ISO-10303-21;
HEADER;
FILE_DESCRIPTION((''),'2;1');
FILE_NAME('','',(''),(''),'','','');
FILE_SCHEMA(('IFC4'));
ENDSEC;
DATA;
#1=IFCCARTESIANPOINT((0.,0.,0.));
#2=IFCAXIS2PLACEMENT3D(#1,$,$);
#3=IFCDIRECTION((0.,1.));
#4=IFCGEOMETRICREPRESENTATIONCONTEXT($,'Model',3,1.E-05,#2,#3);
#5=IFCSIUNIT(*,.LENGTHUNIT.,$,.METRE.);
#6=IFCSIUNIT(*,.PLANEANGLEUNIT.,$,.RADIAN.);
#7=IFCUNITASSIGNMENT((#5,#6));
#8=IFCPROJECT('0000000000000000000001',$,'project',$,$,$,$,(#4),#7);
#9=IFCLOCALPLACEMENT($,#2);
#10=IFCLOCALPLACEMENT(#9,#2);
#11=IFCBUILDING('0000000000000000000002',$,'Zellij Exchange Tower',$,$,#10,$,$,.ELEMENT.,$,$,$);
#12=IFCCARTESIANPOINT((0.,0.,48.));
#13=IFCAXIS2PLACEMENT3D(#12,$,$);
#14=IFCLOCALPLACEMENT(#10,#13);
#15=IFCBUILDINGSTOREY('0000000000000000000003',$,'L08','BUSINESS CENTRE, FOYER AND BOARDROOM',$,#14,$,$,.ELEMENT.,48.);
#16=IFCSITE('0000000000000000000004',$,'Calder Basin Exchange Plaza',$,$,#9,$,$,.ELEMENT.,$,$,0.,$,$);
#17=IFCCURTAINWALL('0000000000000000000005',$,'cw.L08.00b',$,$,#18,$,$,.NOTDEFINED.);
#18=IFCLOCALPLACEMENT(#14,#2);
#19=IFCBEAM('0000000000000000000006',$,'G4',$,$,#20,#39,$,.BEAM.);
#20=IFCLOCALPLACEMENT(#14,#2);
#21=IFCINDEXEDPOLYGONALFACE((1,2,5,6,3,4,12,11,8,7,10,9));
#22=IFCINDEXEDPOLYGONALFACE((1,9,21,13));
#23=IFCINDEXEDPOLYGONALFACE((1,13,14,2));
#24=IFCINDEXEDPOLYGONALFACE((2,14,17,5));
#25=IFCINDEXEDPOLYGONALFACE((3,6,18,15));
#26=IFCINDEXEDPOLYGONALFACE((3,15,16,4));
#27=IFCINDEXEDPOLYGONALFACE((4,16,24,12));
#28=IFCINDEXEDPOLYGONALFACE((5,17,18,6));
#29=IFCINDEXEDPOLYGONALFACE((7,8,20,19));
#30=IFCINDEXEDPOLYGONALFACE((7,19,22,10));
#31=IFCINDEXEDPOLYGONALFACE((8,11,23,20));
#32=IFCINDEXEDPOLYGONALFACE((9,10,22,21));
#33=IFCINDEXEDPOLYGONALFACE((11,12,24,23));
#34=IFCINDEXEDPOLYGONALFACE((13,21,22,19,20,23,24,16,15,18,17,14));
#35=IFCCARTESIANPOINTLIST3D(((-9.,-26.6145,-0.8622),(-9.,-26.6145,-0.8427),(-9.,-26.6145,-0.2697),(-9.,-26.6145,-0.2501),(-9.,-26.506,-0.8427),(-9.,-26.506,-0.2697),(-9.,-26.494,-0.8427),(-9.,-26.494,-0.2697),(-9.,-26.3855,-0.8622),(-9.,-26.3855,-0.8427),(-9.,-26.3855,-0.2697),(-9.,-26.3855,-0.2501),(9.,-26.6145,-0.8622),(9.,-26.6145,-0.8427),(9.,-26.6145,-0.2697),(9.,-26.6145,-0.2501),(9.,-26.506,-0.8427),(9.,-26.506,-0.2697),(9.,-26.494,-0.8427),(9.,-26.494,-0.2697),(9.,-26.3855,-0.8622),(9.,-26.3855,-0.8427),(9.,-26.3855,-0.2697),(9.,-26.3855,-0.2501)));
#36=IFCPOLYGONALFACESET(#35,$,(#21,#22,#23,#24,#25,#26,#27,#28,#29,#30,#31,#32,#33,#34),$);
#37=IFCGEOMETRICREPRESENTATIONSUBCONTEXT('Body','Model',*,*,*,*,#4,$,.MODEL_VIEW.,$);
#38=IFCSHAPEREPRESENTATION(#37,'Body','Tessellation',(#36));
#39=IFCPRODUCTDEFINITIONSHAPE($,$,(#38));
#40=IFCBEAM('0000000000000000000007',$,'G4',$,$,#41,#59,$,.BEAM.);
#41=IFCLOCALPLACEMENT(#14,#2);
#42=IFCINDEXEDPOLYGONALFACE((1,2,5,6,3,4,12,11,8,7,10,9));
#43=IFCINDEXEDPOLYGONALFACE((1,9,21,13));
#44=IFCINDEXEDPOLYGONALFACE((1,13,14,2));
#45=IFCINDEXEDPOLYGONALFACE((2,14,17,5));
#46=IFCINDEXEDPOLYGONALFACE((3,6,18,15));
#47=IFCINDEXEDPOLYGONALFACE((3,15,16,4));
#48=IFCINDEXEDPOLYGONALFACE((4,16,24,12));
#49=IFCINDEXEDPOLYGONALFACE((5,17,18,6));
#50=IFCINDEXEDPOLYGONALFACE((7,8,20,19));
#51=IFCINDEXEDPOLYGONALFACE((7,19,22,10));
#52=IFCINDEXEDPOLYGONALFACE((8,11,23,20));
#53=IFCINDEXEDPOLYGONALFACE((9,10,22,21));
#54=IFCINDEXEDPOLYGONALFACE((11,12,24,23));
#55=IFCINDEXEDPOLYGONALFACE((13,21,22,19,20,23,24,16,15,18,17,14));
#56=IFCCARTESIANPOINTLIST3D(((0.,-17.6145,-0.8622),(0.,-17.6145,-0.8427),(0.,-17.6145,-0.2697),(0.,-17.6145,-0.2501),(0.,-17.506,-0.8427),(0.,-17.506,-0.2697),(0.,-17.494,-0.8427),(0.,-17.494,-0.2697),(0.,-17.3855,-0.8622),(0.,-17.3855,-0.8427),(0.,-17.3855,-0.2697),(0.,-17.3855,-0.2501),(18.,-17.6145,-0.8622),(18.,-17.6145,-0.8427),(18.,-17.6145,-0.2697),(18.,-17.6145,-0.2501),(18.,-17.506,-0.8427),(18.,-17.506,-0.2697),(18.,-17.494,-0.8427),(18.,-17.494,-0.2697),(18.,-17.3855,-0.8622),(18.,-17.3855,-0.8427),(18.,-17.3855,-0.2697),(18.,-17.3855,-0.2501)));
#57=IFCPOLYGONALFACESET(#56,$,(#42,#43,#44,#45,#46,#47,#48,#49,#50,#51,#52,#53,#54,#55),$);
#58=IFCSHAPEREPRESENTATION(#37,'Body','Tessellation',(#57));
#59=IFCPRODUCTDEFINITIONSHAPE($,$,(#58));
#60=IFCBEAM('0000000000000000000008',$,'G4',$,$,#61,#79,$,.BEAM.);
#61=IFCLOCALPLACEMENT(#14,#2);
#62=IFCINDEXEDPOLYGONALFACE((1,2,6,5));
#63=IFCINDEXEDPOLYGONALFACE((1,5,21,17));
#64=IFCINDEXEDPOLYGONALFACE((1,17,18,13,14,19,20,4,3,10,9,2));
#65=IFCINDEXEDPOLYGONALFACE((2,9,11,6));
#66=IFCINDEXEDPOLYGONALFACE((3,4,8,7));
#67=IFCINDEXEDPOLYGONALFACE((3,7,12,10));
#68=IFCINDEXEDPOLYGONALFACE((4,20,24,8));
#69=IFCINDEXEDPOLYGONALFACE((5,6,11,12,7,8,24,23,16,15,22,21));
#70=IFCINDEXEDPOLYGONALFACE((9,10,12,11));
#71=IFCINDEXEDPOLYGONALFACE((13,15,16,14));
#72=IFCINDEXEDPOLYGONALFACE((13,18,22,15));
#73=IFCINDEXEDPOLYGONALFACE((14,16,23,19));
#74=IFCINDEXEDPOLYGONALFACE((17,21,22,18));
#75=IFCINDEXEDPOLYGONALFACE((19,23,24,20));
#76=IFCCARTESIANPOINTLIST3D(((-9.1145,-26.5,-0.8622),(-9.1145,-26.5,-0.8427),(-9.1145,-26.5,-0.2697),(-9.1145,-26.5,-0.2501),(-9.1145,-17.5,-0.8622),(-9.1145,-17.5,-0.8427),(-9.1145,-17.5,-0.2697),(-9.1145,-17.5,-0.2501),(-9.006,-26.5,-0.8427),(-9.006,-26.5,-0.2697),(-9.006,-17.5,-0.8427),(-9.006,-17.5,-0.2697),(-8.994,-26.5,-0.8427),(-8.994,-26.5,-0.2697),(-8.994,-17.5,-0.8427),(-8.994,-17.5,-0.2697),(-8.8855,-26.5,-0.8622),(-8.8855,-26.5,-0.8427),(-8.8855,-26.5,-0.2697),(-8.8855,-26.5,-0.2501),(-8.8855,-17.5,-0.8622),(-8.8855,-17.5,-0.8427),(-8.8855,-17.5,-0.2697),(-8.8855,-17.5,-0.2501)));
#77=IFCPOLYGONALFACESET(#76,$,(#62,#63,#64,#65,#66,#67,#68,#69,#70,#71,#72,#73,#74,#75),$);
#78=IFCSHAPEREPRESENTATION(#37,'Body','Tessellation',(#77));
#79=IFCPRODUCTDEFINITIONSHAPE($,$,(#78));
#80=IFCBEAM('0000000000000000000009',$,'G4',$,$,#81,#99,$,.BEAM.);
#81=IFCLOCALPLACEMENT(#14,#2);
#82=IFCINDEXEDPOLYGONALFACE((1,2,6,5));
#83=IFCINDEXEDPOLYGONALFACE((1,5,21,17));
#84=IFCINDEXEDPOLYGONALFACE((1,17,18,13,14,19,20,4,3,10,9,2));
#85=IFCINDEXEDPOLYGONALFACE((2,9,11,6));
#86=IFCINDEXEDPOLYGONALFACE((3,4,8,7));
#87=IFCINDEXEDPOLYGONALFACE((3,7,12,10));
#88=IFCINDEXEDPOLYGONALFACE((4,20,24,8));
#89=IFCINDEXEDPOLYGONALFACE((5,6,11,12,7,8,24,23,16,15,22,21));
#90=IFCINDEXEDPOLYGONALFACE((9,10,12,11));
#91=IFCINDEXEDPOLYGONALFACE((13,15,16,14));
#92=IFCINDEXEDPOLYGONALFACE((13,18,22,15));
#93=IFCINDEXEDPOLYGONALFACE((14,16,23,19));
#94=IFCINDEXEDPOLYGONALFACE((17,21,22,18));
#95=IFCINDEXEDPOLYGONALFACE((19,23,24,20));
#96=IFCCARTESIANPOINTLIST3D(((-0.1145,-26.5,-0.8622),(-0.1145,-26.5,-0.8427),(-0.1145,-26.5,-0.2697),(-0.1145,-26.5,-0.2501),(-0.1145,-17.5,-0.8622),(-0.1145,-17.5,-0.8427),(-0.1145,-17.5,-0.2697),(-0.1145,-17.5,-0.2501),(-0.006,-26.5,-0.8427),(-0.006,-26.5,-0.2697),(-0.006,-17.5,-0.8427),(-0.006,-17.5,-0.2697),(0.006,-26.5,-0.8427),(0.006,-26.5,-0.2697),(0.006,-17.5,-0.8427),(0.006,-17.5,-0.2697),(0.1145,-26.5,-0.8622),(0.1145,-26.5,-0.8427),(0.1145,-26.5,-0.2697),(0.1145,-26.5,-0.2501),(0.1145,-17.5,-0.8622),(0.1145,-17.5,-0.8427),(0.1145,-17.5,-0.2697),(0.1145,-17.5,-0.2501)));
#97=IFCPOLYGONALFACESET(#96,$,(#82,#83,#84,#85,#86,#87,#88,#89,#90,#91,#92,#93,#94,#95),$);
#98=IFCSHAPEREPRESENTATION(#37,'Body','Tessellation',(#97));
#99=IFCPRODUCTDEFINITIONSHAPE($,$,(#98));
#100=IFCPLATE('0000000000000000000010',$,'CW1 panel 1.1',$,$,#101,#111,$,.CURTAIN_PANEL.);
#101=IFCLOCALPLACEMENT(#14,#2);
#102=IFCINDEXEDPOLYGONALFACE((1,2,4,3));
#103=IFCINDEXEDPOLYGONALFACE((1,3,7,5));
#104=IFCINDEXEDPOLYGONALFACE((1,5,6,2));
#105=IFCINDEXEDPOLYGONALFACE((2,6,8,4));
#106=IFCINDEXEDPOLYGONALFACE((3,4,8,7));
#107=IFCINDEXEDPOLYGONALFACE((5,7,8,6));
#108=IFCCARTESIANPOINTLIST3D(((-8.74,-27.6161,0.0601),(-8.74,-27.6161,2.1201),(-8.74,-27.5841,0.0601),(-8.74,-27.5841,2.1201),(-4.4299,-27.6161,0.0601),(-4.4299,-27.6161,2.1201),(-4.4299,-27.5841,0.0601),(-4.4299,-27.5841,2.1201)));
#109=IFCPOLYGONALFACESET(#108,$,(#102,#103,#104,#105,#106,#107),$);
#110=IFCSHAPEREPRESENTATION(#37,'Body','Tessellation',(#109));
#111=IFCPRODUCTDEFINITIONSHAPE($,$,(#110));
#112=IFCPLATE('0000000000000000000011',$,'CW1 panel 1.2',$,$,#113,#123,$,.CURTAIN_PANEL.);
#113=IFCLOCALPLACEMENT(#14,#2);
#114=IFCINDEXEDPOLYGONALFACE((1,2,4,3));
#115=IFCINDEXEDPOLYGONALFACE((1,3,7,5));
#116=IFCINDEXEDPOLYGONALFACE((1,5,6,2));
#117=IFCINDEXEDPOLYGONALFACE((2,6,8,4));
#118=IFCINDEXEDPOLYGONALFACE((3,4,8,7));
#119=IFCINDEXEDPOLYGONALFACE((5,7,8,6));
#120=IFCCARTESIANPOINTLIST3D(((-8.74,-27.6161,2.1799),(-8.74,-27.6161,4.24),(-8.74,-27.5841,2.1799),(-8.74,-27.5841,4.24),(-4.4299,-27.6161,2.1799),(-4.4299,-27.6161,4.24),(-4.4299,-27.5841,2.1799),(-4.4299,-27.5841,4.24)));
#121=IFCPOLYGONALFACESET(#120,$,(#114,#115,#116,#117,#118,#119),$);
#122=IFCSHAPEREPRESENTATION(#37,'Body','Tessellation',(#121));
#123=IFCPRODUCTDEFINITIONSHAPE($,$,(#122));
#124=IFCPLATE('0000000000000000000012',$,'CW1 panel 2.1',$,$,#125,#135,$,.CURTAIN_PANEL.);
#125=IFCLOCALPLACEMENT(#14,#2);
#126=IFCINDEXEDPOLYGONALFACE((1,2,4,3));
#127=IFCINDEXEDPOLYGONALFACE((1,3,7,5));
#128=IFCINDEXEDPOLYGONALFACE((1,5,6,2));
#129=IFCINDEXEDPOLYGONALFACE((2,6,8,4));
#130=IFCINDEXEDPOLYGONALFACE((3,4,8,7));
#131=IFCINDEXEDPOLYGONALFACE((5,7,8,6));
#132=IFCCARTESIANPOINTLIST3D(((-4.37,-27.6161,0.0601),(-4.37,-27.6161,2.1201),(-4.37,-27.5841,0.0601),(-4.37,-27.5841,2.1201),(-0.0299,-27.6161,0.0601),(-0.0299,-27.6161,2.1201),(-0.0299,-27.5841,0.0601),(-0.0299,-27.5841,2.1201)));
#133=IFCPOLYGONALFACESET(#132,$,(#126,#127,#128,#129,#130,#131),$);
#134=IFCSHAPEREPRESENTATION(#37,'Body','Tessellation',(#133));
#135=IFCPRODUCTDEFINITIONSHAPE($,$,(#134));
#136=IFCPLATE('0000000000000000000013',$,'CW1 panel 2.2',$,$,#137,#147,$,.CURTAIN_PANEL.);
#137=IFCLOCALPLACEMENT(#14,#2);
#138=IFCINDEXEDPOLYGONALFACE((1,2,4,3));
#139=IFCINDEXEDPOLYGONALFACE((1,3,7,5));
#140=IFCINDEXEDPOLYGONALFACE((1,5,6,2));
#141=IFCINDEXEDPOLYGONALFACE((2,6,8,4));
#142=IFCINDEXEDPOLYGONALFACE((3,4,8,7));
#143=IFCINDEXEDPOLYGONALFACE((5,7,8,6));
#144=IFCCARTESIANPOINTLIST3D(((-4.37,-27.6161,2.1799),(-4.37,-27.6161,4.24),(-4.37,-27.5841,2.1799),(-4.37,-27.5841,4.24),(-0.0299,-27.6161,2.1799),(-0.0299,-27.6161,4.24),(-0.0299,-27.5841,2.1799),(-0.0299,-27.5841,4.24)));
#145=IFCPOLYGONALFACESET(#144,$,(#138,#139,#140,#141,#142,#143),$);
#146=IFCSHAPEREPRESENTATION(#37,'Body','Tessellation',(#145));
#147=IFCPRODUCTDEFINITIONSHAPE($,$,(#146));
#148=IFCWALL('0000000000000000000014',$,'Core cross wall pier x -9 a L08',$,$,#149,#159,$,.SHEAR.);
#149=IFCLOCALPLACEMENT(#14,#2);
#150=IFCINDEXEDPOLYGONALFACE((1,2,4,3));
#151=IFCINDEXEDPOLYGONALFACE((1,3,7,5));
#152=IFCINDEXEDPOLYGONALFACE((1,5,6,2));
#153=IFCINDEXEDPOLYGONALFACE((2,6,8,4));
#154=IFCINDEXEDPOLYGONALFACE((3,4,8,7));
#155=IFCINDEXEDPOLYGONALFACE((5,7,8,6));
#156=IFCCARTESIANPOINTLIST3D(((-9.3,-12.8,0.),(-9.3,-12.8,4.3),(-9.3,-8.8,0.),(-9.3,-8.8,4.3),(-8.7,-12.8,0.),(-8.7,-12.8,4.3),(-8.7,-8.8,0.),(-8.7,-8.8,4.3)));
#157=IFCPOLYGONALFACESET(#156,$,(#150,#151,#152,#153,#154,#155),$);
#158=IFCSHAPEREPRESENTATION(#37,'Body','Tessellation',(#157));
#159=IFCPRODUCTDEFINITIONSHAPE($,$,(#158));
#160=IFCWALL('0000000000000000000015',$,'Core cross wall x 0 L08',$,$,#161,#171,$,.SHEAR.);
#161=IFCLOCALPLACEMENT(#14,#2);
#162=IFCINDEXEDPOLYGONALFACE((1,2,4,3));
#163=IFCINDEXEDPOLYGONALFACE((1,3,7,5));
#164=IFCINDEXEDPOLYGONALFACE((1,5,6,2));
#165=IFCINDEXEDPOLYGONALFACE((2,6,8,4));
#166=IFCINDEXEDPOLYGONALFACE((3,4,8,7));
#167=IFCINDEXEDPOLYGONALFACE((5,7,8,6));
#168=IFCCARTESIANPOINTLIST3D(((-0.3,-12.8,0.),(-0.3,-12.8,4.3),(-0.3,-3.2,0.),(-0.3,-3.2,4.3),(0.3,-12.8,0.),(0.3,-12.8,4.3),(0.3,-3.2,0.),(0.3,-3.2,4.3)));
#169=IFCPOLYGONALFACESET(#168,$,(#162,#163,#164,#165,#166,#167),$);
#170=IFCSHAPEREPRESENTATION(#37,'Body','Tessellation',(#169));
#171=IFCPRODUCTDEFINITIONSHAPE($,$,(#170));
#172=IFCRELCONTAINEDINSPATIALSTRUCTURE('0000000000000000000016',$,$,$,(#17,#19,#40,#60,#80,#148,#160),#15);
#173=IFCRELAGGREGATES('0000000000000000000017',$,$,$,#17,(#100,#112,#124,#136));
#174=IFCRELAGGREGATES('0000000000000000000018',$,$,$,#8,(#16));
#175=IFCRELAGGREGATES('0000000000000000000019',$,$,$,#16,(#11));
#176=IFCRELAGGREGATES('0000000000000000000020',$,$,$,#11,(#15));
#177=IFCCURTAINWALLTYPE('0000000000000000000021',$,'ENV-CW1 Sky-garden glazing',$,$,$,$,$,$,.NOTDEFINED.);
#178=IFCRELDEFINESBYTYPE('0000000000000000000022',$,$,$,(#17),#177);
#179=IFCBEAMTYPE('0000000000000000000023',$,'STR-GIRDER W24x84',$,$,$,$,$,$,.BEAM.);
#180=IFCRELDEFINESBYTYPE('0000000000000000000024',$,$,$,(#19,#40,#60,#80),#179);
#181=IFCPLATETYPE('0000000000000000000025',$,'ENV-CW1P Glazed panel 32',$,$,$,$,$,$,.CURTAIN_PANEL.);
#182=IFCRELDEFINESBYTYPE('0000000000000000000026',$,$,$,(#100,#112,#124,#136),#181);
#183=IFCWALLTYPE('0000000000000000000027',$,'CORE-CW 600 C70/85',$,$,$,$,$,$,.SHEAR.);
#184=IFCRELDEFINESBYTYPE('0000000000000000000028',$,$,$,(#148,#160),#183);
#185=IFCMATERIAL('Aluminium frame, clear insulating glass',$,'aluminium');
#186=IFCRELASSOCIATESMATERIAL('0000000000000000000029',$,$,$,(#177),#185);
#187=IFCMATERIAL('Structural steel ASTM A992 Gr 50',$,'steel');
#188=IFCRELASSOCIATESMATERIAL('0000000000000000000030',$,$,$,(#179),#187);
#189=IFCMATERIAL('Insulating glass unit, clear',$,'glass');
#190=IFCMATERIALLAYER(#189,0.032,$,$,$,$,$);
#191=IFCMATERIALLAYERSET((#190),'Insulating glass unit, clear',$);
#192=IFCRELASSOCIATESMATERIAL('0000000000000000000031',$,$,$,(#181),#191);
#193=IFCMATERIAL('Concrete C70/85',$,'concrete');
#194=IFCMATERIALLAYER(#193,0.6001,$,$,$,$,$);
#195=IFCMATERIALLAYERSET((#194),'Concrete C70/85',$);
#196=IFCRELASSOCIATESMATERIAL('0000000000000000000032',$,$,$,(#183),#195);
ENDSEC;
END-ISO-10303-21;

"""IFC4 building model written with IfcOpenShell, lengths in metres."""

from ifc_helpers import new_model, si_unit, direction, frame, frame_2d, origin, origin_2d, place, context, subcontext, project, spatial, rectangle, i_section, extrude, material, layer, layer_set, material_profile, profile_set, type_object, element, aggregate, save


model = new_model("IFC4")

# Units and contexts
model_context = context("Model", 3, precision=1e-05, world=origin(), true_north=direction((0.0, 1.0)))
body_context = subcontext(model_context, "Body", "Model", "MODEL_VIEW")
ifc_project = project(units=[si_unit("LENGTHUNIT", "METRE"), si_unit("PLANEANGLEUNIT", "RADIAN")], contexts=[model_context])

# Site, building, storey
site_placement = place(None, origin())
site = spatial("IfcSite", under=ifc_project, at=site_placement, Name="Calder Basin Exchange Plaza", CompositionType="ELEMENT", RefElevation=0.0)
building_placement = place(site_placement, origin())
building = spatial("IfcBuilding", under=site, at=building_placement, Name="Zellij Exchange Tower", CompositionType="ELEMENT")
storey_placement = place(building_placement, frame((0.0, 0.0, 48.0)))
storey = spatial("IfcBuildingStorey", under=building, at=storey_placement, Name="L08", Description="BUSINESS CENTRE, FOYER AND BOARDROOM", CompositionType="ELEMENT", Elevation=48.0)

# Shared definitions
ifc_material_1 = material(Name="Concrete C70/85", Category="concrete")

# Shared definitions
ifc_material_2 = material(Name="Aluminium frame, clear insulating glass", Category="aluminium")
curtain_wall_type = type_object("IfcCurtainWallType", Name="ENV-CW1 Sky-garden glazing", PredefinedType="NOTDEFINED", material=ifc_material_2)

# Curtain wall
curtain_wall_1_placement = place(storey_placement, origin())
curtain_wall_1 = element("IfcCurtainWall", 1, at=curtain_wall_1_placement, inside=storey, type_object=curtain_wall_type, Name="cw.L08.00b", PredefinedType="NOTDEFINED")

# Beams
ifc_material_3 = material(Name="Structural steel ASTM A992 Gr 50", Category="steel")
ifc_material_profile_1 = material_profile(ifc_material_3, i_section(OverallWidth=0.229, OverallDepth=0.6121, WebThickness=0.012, FlangeThickness=0.0195, at=origin_2d()), Name="W24x84")
ifc_profile_set_1 = profile_set([ifc_material_profile_1], Name="Structural steel ASTM A992 Gr 50")
beam_type_1 = type_object("IfcBeamType", Name="STR-GIRDER W24x84", PredefinedType="BEAM", material=ifc_profile_set_1)
for number, where, z_axis, x_axis, name in (
    (2, (-9.0, -26.5, -0.5562), (1.0, 0.0, 0.0), (0.0, 1.0, 0.0), "G4"),
    (3, (0.0, -17.5, -0.5562), (1.0, 0.0, 0.0), (0.0, 1.0, 0.0), "G4"),
):
    element("IfcBeam", number, at=place(storey_placement, frame(where, z_axis=z_axis, x_axis=x_axis)), inside=storey, type_object=beam_type_1, Name=name, PredefinedType="BEAM", context=body_context, shape_type="SweptSolid", body=[
        extrude(i_section(OverallWidth=0.229, OverallDepth=0.6121, WebThickness=0.012, FlangeThickness=0.0195, at=origin_2d()), origin(), (0.0, 0.0, 1.0), 18.0),
    ])
for number, where, z_axis, x_axis, name in (
    (4, (-9.0, -26.5, -0.5562), (0.0, 1.0, 0.0), (-1.0, 0.0, 0.0), "G4"),
    (5, (0.0, -26.5, -0.5562), (0.0, 1.0, 0.0), (-1.0, 0.0, 0.0), "G4"),
):
    element("IfcBeam", number, at=place(storey_placement, frame(where, z_axis=z_axis, x_axis=x_axis)), inside=storey, type_object=beam_type_1, Name=name, PredefinedType="BEAM", context=body_context, shape_type="SweptSolid", body=[
        extrude(i_section(OverallWidth=0.229, OverallDepth=0.6121, WebThickness=0.012, FlangeThickness=0.0195, at=origin_2d()), origin(), (0.0, 0.0, 1.0), 9.0),
    ])

# Plates
ifc_material_4 = material(Name="Insulating glass unit, clear", Category="glass")
ifc_layer_1 = layer(ifc_material_4, 0.032)
ifc_layer_set_1 = layer_set([ifc_layer_1], Name="Insulating glass unit, clear")
plate_type = type_object("IfcPlateType", Name="ENV-CW1P Glazed panel 32", PredefinedType="CURTAIN_PANEL", material=ifc_layer_set_1)
plate_1_placement = place(storey_placement, frame((-6.585, -27.6001, 0.0601), z_axis=(0.0, 0.0, 1.0), x_axis=(1.0, 0.0, 0.0)))
plate_1 = element("IfcPlate", 6, at=plate_1_placement, type_object=plate_type, Name="CW1 panel 1.1", PredefinedType="CURTAIN_PANEL", context=body_context, shape_type="SweptSolid", body=[
    extrude(rectangle(XDim=4.3101, YDim=0.032, at=origin_2d()), origin(), (0.0, 0.0, 1.0), 2.0601),
])
plate_2_placement = place(storey_placement, frame((-6.585, -27.6001, 2.1799), z_axis=(0.0, 0.0, 1.0), x_axis=(1.0, 0.0, 0.0)))
plate_2 = element("IfcPlate", 7, at=plate_2_placement, type_object=plate_type, Name="CW1 panel 1.2", PredefinedType="CURTAIN_PANEL", context=body_context, shape_type="SweptSolid", body=[
    extrude(rectangle(XDim=4.3101, YDim=0.032, at=origin_2d()), origin(), (0.0, 0.0, 1.0), 2.0601),
])
plate_3_placement = place(storey_placement, frame((-2.2, -27.6001, 0.0601), z_axis=(0.0, 0.0, 1.0), x_axis=(1.0, 0.0, 0.0)))
plate_3 = element("IfcPlate", 8, at=plate_3_placement, type_object=plate_type, Name="CW1 panel 2.1", PredefinedType="CURTAIN_PANEL", context=body_context, shape_type="SweptSolid", body=[
    extrude(rectangle(XDim=4.3401, YDim=0.032, at=origin_2d()), origin(), (0.0, 0.0, 1.0), 2.0601),
])
plate_4_placement = place(storey_placement, frame((-2.2, -27.6001, 2.1799), z_axis=(0.0, 0.0, 1.0), x_axis=(1.0, 0.0, 0.0)))
plate_4 = element("IfcPlate", 9, at=plate_4_placement, type_object=plate_type, Name="CW1 panel 2.2", PredefinedType="CURTAIN_PANEL", context=body_context, shape_type="SweptSolid", body=[
    extrude(rectangle(XDim=4.3401, YDim=0.032, at=origin_2d()), origin(), (0.0, 0.0, 1.0), 2.0601),
])
aggregate(curtain_wall_1, [plate_1, plate_2, plate_3, plate_4])

# Walls
ifc_layer_2 = layer(ifc_material_1, 0.6001)
ifc_layer_set_2 = layer_set([ifc_layer_2], Name="Concrete C70/85")
wall_type_1 = type_object("IfcWallType", Name="CORE-CW 600 C70/85", PredefinedType="SHEAR", material=ifc_layer_set_2)
wall_1_placement = place(storey_placement, frame((-9.0, -12.8, 0.0), z_axis=(0.0, 0.0, 1.0), x_axis=(0.0, 1.0, 0.0)))
element("IfcWall", 10, at=wall_1_placement, inside=storey, type_object=wall_type_1, Name="Core cross wall pier x -9 a L08", PredefinedType="SHEAR", context=body_context, shape_type="SweptSolid", body=[
    extrude(rectangle(XDim=4.0, YDim=0.6001, at=frame_2d((2.0, 0.0))), origin(), (0.0, 0.0, 1.0), 4.3),
])
wall_2_placement = place(storey_placement, frame((0.0, -12.8, 0.0), z_axis=(0.0, 0.0, 1.0), x_axis=(0.0, 1.0, 0.0)))
element("IfcWall", 11, at=wall_2_placement, inside=storey, type_object=wall_type_1, Name="Core cross wall x 0 L08", PredefinedType="SHEAR", context=body_context, shape_type="SweptSolid", body=[
    extrude(rectangle(XDim=9.6001, YDim=0.6001, at=frame_2d((4.8, 0.0))), origin(), (0.0, 0.0, 1.0), 4.3),
])

save(model, "model.ifc")
